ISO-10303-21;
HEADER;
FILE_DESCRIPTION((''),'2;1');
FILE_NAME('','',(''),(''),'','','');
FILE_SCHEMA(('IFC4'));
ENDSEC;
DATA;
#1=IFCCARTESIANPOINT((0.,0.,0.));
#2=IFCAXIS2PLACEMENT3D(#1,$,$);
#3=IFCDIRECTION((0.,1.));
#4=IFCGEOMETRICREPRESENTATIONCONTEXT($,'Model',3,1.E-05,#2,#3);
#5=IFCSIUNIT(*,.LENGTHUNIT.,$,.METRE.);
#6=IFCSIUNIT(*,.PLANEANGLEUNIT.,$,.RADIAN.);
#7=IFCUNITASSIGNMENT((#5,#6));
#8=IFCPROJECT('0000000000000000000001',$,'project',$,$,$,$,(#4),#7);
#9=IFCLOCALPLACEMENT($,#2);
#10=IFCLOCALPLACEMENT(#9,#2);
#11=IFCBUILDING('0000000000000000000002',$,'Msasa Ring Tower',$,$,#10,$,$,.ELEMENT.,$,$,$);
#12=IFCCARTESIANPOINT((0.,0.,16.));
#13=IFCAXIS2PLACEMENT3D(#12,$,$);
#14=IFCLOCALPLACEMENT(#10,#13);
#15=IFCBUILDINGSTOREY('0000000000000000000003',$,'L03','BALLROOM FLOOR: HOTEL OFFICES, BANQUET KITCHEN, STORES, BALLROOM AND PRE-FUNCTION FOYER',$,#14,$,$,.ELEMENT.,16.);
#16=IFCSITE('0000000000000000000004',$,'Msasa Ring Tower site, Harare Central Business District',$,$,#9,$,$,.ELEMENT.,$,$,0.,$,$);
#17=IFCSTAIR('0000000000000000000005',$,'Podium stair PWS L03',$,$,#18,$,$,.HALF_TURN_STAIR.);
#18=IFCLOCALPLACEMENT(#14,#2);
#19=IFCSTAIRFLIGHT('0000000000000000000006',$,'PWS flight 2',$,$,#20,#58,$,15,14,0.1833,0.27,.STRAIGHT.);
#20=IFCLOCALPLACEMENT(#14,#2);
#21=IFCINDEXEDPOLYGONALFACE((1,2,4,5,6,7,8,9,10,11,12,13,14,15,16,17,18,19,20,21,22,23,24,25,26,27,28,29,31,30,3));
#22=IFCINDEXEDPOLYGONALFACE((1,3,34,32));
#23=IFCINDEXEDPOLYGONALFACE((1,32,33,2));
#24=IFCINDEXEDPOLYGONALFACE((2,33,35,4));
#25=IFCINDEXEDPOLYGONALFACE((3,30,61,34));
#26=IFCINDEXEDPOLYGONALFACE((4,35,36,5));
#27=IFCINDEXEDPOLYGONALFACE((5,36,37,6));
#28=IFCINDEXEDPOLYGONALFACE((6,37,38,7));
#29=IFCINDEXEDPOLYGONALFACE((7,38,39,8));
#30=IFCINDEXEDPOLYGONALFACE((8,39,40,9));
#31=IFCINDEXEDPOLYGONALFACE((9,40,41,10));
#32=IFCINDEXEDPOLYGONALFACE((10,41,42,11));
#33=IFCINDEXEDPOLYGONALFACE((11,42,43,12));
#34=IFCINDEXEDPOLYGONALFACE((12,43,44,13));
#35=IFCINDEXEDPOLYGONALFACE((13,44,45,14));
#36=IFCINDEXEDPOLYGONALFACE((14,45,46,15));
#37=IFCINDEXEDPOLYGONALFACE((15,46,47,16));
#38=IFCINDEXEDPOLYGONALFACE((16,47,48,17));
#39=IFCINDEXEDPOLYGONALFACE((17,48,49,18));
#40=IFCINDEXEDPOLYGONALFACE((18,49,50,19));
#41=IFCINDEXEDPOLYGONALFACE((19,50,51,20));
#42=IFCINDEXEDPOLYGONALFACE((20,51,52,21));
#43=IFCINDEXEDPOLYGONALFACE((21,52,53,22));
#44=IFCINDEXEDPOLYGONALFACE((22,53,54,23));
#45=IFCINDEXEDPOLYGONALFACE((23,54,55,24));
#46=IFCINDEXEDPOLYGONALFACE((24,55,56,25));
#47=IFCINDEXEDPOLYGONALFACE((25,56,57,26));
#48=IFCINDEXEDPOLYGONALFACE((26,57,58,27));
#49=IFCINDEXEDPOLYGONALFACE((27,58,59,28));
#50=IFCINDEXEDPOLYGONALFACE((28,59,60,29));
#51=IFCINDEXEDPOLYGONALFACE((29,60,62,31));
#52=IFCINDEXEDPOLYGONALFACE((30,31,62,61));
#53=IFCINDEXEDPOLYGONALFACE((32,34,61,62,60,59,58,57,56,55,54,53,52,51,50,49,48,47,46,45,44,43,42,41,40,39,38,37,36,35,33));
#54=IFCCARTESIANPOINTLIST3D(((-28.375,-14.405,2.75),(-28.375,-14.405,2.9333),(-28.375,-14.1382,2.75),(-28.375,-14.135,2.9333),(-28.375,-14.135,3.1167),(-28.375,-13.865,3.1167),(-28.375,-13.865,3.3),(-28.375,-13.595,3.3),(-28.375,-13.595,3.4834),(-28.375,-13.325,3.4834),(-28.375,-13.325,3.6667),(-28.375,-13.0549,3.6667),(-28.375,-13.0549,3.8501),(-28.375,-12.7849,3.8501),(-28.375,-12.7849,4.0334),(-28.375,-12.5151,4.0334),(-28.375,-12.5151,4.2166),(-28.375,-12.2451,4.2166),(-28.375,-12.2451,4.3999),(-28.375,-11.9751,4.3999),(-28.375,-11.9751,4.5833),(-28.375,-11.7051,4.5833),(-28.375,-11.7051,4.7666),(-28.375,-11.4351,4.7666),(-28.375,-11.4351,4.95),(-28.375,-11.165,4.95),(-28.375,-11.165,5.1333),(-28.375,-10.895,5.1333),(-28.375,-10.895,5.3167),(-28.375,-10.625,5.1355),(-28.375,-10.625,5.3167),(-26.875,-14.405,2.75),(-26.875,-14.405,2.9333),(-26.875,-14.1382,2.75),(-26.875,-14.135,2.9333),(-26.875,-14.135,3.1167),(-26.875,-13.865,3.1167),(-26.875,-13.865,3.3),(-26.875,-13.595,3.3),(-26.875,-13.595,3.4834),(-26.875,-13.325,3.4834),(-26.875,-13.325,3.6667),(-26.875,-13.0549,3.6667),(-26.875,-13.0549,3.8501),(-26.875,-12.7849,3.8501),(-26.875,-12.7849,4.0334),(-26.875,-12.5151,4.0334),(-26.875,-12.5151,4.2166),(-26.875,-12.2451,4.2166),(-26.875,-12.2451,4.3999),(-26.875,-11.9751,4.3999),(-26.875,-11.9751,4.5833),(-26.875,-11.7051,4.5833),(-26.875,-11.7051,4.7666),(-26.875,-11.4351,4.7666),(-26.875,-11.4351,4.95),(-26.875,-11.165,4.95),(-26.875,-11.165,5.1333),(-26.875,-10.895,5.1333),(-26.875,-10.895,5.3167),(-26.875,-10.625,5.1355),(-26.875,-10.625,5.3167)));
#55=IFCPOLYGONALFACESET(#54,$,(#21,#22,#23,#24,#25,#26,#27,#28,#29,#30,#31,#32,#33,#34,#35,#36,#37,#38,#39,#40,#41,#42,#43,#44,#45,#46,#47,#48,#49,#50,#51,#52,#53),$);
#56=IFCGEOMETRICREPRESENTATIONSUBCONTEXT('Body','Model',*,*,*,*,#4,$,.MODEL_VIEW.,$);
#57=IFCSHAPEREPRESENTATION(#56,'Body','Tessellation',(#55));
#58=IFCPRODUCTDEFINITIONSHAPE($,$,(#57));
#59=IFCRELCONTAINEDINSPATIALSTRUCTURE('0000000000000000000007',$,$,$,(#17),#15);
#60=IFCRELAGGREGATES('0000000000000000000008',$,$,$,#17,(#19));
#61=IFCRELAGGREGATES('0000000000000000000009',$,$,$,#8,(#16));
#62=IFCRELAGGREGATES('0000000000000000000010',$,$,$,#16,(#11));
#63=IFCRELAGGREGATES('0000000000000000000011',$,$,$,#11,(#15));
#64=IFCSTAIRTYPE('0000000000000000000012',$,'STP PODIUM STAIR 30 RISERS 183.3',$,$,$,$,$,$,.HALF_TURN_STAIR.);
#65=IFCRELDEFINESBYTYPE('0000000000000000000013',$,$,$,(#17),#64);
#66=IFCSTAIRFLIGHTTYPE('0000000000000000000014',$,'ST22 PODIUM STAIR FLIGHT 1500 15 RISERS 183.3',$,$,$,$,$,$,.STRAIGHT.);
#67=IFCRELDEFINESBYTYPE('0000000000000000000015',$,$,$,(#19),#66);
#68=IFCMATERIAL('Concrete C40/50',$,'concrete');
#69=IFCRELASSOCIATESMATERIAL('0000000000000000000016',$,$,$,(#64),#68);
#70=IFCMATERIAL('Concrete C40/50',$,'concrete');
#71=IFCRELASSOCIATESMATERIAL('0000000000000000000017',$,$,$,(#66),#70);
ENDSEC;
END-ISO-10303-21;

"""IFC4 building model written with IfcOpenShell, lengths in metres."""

from ifc_helpers import new_model, si_unit, direction, frame, origin, place, context, subcontext, project, spatial, polyline, outline, extrude, material, type_object, element, aggregate, save


model = new_model("IFC4")

# Units and contexts
model_context = context("Model", 3, precision=1e-05, world=origin(), true_north=direction((0.0, 1.0)))
body_context = subcontext(model_context, "Body", "Model", "MODEL_VIEW")
ifc_project = project(units=[si_unit("LENGTHUNIT", "METRE"), si_unit("PLANEANGLEUNIT", "RADIAN")], contexts=[model_context])

# Site, building, storey
site_placement = place(None, origin())
site = spatial("IfcSite", under=ifc_project, at=site_placement, Name="Msasa Ring Tower site, Harare Central Business District", CompositionType="ELEMENT", RefElevation=0.0)
building_placement = place(site_placement, origin())
building = spatial("IfcBuilding", under=site, at=building_placement, Name="Msasa Ring Tower", CompositionType="ELEMENT")
storey_placement = place(building_placement, frame((0.0, 0.0, 16.0)))
storey = spatial("IfcBuildingStorey", under=building, at=storey_placement, Name="L03", Description="BALLROOM FLOOR: HOTEL OFFICES, BANQUET KITCHEN, STORES, BALLROOM AND PRE-FUNCTION FOYER", CompositionType="ELEMENT", Elevation=16.0)

# Stair, stair flight
ifc_material_1 = material(Name="Concrete C40/50", Category="concrete")
stair_type = type_object("IfcStairType", Name="STP PODIUM STAIR 30 RISERS 183.3", PredefinedType="HALF_TURN_STAIR", material=ifc_material_1)
stair_placement = place(storey_placement, origin())
stair = element("IfcStair", 1, at=stair_placement, inside=storey, type_object=stair_type, Name="Podium stair PWS L03", PredefinedType="HALF_TURN_STAIR")
ifc_material_2 = material(Name="Concrete C40/50", Category="concrete")
stair_flight_type = type_object("IfcStairFlightType", Name="ST22 PODIUM STAIR FLIGHT 1500 15 RISERS 183.3", PredefinedType="STRAIGHT", material=ifc_material_2)
stair_flight_placement = place(storey_placement, frame((-27.625, -14.405, 2.75), z_axis=(0.0, 0.0, 1.0), x_axis=(0.0, 1.0, 0.0)))
stair_flight = element("IfcStairFlight", 2, at=stair_flight_placement, type_object=stair_flight_type, Name="PWS flight 2", NumberOfRisers=15, NumberOfTreads=14, PredefinedType="STRAIGHT", RiserHeight=0.1833, TreadLength=0.27, context=body_context, shape_type="SweptSolid", body=[
    extrude(outline(polyline([(0.0, 0.0), (0.0, 0.1833), (0.27, 0.1833), (0.27, 0.3667), (0.54, 0.3667), (0.54, 0.55), (0.8101, 0.55), (0.8101, 0.7334), (1.0801, 0.7334), (1.0801, 0.9167), (1.3501, 0.9167), (1.3501, 1.1001), (1.6201, 1.1001), (1.6201, 1.2834), (1.8899, 1.2834), (1.8899, 1.4666), (2.1599, 1.4666), (2.1599, 1.6499), (2.4299, 1.6499), (2.4299, 1.8333), (2.7, 1.8333), (2.7, 2.0166), (2.97, 2.0166), (2.97, 2.2), (3.24, 2.2), (3.24, 2.3833), (3.51, 2.3833), (3.51, 2.5667), (3.78, 2.5667), (3.78, 2.75), (3.78, 2.3855), (0.2668, 0.0), (0.0, 0.0)])), frame((0.0, 0.75, 0.0), z_axis=(0.0, -1.0, 0.0), x_axis=(1.0, 0.0, 0.0)), (0.0, 0.0, 1.0), 1.5),
])
aggregate(stair, [stair_flight])

save(model, "model.ifc")
